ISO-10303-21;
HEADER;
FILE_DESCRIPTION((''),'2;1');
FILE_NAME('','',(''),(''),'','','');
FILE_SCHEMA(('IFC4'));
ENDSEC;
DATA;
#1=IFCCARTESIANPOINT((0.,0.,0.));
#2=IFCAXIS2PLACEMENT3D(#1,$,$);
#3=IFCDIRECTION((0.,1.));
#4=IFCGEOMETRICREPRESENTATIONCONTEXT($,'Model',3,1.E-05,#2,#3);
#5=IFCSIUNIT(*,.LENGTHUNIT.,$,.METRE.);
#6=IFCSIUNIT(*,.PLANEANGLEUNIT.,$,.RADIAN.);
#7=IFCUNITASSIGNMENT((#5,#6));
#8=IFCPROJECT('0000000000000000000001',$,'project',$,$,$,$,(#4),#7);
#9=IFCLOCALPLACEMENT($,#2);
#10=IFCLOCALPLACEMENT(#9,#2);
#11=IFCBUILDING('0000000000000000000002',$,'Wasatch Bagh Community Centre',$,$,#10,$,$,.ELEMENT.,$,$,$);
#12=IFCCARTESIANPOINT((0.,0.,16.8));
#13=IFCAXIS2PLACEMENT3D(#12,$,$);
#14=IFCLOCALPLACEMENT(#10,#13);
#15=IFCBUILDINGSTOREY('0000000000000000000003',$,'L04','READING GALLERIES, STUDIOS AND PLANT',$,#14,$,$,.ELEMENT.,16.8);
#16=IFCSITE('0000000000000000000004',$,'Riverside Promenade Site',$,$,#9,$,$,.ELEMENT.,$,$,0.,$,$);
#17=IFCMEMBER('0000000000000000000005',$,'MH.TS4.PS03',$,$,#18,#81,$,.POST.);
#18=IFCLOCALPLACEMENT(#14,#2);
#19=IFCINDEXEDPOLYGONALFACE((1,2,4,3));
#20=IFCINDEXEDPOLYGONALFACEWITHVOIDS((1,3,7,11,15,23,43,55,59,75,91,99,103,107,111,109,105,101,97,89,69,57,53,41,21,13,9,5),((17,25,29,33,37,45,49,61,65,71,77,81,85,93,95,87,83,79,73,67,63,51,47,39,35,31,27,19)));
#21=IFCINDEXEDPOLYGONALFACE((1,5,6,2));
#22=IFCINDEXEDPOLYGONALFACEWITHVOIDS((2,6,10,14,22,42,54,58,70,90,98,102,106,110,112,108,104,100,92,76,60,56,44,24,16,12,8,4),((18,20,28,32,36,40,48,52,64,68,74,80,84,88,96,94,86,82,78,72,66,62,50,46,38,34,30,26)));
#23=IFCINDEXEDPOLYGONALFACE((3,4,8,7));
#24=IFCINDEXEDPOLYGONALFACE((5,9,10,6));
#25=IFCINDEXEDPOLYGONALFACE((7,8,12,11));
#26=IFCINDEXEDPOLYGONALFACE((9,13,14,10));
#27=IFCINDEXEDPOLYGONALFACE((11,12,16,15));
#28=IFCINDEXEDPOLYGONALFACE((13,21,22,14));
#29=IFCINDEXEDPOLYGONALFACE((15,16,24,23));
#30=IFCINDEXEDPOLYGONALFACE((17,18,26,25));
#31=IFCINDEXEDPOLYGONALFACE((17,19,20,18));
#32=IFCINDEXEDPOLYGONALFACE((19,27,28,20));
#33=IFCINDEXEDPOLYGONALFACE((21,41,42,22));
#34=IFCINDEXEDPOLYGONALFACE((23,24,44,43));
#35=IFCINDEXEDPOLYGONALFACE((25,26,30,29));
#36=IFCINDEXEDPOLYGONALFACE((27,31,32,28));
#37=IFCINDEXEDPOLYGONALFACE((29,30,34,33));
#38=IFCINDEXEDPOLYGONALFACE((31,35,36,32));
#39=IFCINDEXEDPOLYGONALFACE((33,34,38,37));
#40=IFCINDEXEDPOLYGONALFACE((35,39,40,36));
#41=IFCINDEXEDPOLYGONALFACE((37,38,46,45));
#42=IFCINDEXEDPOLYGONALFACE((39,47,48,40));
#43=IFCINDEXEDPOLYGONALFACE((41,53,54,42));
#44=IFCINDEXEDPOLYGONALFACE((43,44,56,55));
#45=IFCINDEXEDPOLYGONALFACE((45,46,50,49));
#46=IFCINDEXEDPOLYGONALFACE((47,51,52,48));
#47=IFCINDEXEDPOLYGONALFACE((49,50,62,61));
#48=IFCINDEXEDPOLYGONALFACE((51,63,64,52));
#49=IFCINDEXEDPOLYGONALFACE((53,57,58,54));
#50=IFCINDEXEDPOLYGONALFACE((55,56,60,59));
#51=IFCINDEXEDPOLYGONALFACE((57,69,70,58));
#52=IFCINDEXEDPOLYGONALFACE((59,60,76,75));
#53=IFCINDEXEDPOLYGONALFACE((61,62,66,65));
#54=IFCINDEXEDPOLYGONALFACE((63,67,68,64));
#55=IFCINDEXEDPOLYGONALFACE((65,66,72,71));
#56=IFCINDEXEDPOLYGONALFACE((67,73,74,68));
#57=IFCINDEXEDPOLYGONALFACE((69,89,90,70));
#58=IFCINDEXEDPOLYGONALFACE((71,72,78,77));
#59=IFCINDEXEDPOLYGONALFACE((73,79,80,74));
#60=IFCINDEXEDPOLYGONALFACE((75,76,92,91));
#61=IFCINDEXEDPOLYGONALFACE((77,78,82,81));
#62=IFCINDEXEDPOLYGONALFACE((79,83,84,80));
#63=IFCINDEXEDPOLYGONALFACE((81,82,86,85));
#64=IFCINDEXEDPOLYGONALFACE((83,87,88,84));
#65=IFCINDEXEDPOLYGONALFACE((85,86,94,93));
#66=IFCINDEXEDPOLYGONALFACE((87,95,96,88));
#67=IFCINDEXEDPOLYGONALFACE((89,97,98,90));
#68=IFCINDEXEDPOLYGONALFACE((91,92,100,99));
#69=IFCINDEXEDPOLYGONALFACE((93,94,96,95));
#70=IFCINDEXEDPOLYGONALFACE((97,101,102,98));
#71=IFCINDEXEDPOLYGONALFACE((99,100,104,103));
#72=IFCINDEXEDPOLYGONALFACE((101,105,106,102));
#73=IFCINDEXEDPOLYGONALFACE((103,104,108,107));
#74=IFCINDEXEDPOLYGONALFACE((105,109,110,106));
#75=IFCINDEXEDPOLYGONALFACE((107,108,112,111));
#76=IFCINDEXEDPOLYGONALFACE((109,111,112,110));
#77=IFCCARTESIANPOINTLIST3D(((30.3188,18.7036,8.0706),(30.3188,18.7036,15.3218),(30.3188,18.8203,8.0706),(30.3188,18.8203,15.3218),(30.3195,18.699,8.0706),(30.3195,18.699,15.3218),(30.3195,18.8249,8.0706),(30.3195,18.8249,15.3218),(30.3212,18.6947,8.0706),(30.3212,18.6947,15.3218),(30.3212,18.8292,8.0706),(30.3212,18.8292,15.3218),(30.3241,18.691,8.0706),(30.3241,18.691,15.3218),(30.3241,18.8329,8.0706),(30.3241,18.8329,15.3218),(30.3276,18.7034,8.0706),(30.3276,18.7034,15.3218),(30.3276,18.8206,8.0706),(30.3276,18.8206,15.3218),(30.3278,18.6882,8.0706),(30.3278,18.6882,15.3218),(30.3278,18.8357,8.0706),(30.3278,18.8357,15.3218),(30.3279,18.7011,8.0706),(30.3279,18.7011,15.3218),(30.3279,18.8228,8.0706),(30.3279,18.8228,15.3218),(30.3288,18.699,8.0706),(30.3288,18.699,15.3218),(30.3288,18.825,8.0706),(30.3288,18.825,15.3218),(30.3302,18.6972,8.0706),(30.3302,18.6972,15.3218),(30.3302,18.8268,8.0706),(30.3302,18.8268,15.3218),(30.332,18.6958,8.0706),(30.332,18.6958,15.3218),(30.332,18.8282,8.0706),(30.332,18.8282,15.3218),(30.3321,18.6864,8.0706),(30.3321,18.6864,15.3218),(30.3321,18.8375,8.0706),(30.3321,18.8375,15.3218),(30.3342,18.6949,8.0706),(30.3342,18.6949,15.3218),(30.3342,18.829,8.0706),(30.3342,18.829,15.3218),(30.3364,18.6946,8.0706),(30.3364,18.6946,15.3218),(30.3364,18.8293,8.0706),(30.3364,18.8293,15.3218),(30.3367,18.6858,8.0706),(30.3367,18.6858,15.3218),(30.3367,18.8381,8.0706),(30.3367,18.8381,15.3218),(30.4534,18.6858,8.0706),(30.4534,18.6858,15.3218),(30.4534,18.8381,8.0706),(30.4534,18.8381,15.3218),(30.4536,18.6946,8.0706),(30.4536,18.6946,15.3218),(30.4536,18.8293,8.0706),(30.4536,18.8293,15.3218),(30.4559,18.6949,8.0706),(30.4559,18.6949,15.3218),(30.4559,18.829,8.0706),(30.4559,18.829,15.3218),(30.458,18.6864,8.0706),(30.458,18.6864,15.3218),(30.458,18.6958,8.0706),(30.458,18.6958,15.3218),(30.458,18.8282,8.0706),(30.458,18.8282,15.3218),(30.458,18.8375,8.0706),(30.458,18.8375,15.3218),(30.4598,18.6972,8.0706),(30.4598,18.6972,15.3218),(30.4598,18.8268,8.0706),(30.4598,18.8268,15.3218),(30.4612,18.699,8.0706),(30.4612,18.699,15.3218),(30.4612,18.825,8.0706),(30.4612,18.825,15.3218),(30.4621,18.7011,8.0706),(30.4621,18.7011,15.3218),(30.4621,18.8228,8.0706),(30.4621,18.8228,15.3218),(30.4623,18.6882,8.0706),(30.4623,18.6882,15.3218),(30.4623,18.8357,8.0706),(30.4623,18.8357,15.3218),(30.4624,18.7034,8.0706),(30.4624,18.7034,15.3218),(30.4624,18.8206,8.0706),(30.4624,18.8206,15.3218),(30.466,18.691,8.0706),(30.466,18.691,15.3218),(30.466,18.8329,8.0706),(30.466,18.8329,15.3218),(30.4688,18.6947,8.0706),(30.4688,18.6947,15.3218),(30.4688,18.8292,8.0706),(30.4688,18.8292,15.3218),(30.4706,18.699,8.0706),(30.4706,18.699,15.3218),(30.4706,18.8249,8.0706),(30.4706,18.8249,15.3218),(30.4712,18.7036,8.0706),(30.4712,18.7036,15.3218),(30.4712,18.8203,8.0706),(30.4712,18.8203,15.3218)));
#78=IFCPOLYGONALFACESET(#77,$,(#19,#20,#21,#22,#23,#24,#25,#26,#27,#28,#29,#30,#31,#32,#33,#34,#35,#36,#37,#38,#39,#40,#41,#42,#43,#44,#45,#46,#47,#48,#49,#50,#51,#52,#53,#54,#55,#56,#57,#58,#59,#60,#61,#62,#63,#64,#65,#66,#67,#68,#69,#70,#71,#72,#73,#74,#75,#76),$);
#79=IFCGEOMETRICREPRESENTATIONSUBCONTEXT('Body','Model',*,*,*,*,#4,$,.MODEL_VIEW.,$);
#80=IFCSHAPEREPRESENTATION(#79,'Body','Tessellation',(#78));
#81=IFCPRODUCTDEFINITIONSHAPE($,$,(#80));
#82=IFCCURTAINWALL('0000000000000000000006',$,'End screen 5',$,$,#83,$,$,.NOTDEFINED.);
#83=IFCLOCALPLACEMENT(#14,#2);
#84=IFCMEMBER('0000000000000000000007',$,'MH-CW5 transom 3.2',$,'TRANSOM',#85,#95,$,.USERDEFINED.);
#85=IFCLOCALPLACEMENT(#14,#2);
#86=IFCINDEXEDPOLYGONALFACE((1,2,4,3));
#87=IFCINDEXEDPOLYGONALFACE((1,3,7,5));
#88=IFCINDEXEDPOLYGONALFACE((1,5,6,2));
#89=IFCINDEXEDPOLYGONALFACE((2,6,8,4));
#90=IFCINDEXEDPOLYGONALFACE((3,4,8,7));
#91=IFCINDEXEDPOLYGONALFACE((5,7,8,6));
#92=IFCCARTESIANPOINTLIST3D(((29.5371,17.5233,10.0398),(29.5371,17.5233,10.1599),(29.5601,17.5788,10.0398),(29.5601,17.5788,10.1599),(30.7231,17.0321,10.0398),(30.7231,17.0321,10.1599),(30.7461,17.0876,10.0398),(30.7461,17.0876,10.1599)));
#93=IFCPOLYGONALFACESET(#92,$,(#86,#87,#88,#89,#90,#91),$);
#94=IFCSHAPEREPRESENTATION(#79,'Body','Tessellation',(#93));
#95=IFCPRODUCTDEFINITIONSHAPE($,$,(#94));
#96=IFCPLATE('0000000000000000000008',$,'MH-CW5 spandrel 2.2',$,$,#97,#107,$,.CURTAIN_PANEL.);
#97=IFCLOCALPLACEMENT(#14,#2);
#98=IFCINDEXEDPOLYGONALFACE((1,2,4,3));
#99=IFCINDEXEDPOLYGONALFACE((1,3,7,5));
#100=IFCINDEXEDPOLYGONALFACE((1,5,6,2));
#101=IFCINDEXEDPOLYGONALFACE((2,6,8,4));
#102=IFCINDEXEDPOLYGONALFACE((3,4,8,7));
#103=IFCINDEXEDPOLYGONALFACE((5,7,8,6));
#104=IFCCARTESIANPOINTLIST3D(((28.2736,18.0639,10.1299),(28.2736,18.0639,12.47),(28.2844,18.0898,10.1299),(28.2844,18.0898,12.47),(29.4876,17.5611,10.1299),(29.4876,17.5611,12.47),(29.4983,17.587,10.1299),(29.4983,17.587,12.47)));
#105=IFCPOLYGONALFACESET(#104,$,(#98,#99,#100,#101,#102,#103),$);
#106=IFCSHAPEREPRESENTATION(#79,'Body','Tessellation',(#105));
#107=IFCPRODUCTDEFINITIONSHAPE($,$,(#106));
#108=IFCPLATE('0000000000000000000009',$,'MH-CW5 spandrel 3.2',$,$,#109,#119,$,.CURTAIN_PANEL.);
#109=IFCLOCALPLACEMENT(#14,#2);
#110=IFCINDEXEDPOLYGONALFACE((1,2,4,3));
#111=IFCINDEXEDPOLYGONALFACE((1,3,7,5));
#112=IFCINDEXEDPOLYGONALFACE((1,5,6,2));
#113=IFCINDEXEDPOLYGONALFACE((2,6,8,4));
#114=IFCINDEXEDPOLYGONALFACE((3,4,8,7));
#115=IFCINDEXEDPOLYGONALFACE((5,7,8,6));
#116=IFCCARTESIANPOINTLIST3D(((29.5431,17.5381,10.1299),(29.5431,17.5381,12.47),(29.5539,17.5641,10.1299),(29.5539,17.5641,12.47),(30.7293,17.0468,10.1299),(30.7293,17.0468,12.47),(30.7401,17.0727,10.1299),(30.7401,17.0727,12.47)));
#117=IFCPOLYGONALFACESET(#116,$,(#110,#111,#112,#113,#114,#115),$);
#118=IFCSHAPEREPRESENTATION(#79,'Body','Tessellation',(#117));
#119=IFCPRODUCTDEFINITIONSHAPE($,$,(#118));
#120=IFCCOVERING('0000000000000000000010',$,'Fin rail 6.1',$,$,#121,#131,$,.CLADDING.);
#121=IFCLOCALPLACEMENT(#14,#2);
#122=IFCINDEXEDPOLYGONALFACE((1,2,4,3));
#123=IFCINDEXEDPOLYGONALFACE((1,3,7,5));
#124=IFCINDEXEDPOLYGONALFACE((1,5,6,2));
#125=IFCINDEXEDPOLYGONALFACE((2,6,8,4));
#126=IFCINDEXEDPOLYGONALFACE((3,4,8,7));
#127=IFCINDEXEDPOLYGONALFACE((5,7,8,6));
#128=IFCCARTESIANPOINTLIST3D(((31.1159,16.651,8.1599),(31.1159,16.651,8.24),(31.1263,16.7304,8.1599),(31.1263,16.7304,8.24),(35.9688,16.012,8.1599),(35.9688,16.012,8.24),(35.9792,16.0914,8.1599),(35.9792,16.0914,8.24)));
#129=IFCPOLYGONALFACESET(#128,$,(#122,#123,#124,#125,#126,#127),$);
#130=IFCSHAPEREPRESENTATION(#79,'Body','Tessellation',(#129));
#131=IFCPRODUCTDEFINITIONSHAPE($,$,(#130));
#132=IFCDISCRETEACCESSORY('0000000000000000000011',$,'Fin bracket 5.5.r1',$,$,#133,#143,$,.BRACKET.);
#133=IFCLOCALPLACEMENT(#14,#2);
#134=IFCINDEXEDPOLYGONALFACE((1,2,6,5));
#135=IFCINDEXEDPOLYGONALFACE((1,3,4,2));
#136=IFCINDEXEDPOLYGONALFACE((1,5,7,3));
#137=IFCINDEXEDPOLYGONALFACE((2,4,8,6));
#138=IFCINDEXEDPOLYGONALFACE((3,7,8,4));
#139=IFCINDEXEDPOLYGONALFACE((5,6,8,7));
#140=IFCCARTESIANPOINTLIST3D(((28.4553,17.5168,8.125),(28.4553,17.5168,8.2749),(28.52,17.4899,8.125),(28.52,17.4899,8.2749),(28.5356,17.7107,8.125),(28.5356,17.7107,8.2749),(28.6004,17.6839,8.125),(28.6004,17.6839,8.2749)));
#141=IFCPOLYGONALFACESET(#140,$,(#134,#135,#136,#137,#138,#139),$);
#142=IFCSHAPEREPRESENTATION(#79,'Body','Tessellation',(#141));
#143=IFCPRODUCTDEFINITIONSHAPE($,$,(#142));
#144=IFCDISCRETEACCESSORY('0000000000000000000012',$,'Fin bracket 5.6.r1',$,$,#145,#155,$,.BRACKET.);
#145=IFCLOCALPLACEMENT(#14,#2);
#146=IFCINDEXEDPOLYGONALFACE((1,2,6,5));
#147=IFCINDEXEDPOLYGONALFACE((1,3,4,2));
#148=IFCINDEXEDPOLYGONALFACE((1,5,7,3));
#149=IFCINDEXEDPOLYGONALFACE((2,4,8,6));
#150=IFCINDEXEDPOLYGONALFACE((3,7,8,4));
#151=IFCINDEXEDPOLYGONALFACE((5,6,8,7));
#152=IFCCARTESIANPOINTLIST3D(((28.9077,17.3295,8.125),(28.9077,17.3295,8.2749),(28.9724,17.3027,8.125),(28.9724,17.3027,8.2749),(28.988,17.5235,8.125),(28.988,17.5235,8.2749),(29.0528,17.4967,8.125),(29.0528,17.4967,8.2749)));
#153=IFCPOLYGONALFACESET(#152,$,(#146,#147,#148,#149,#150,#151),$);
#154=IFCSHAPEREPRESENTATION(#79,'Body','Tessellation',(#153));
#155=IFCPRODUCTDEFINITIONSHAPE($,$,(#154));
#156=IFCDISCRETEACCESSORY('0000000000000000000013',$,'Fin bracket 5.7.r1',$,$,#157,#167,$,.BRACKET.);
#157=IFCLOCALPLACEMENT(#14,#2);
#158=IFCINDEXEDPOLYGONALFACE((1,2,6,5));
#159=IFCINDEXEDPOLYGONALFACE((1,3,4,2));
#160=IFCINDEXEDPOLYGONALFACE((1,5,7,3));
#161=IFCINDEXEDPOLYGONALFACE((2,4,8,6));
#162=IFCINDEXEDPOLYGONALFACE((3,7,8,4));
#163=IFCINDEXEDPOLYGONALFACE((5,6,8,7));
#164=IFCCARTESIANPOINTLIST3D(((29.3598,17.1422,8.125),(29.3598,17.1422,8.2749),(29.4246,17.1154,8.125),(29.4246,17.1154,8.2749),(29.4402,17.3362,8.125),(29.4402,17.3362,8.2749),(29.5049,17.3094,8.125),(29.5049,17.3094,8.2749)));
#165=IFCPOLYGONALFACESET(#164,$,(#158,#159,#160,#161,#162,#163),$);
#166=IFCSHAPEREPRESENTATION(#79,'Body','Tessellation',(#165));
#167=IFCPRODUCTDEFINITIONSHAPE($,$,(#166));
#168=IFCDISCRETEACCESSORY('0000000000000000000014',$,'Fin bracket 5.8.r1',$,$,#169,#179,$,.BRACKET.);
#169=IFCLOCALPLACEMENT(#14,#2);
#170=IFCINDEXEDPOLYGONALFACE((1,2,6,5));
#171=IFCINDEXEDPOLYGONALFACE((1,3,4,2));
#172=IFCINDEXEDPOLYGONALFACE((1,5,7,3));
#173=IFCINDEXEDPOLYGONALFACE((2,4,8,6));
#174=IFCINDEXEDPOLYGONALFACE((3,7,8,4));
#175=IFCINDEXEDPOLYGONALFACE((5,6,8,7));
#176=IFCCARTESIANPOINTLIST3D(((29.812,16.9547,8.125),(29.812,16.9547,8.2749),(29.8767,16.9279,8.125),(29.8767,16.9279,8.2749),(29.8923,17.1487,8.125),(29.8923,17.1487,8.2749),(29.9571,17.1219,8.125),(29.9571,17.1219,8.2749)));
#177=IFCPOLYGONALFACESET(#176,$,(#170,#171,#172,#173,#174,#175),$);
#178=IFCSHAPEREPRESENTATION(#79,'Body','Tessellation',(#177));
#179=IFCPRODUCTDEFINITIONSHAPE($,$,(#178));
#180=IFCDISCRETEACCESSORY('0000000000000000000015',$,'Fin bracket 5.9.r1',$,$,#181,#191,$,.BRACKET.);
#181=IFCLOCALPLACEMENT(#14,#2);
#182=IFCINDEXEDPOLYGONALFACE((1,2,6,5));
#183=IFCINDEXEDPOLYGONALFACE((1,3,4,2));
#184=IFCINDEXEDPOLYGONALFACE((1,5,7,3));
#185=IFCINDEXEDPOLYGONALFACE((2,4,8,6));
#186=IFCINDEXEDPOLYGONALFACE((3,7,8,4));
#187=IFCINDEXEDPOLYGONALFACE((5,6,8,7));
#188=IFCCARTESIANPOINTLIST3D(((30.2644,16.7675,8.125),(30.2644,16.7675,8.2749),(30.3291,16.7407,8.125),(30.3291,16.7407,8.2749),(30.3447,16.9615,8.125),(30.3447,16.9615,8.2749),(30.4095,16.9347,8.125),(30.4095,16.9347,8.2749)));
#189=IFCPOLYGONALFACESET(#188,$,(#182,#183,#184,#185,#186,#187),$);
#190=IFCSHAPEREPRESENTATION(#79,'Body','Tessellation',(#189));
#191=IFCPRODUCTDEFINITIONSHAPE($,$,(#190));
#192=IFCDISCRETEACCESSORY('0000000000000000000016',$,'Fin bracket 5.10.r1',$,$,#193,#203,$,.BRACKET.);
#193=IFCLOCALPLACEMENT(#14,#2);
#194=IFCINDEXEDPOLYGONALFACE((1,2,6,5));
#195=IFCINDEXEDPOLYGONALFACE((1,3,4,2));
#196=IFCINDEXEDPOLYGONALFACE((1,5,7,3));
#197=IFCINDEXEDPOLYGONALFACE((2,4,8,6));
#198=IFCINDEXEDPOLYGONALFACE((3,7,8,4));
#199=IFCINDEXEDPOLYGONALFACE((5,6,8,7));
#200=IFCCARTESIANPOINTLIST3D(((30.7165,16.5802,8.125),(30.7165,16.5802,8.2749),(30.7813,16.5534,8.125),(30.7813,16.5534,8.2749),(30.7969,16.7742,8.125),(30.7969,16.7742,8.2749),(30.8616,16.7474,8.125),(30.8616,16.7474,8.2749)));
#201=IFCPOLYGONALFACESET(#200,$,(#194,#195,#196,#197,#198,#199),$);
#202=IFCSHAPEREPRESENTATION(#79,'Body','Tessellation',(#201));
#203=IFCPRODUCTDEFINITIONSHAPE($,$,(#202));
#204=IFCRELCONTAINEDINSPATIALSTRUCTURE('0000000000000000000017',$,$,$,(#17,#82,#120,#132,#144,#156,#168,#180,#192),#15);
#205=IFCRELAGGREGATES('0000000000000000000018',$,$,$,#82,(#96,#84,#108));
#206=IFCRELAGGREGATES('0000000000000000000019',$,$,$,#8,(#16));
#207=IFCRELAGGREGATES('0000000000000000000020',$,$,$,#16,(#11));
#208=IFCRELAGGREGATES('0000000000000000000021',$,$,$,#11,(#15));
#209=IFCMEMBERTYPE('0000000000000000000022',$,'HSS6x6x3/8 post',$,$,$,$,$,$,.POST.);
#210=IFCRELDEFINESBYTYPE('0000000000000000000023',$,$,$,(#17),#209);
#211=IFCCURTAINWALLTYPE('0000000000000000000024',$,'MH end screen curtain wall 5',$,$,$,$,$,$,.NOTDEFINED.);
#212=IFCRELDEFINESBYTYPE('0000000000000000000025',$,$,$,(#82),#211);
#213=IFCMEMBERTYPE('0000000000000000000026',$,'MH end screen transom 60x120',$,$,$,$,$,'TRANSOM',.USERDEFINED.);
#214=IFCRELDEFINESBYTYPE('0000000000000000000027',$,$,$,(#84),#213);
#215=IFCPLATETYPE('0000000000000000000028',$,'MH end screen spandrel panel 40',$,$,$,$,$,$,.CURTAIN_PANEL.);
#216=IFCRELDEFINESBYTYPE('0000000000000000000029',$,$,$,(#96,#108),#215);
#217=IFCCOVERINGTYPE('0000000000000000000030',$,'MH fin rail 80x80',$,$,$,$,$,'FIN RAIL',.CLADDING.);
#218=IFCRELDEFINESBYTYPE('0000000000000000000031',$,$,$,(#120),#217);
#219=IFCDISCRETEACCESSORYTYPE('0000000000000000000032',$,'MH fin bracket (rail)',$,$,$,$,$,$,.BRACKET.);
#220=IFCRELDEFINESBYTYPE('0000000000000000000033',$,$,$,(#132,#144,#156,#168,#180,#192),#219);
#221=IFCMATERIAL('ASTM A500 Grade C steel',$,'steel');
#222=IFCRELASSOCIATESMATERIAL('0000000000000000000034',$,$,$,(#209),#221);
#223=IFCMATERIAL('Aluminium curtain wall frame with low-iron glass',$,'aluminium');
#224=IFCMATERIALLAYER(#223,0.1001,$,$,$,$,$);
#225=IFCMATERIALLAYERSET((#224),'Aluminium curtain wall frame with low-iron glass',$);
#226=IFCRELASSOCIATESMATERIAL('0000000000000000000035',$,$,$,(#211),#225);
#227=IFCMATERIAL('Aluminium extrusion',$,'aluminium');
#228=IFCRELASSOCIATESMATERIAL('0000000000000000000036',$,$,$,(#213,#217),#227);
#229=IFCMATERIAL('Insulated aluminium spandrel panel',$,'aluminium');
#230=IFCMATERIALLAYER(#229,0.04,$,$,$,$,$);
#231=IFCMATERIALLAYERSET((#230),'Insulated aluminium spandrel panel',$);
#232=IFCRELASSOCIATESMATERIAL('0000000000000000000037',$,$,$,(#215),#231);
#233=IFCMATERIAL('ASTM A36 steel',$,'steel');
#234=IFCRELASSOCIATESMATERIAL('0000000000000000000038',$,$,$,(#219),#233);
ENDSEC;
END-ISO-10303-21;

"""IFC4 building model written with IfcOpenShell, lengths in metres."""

from ifc_helpers import new_model, si_unit, direction, frame, origin, origin_2d, place, context, subcontext, project, spatial, rectangle, hollow_rectangle, extrude, material, layer, layer_set, material_profile, profile_set, type_object, element, aggregate, save


model = new_model("IFC4")

# Units and contexts
model_context = context("Model", 3, precision=1e-05, world=origin(), true_north=direction((0.0, 1.0)))
body_context = subcontext(model_context, "Body", "Model", "MODEL_VIEW")
ifc_project = project(units=[si_unit("LENGTHUNIT", "METRE"), si_unit("PLANEANGLEUNIT", "RADIAN")], contexts=[model_context])

# Site, building, storey
site_placement = place(None, origin())
site = spatial("IfcSite", under=ifc_project, at=site_placement, Name="Riverside Promenade Site", CompositionType="ELEMENT", RefElevation=0.0)
building_placement = place(site_placement, origin())
building = spatial("IfcBuilding", under=site, at=building_placement, Name="Wasatch Bagh Community Centre", CompositionType="ELEMENT")
storey_placement = place(building_placement, frame((0.0, 0.0, 16.8)))
storey = spatial("IfcBuildingStorey", under=building, at=storey_placement, Name="L04", Description="READING GALLERIES, STUDIOS AND PLANT", CompositionType="ELEMENT", Elevation=16.8)

# Member
ifc_material_1 = material(Name="ASTM A500 Grade C steel", Category="steel")
ifc_material_profile_1 = material_profile(ifc_material_1, hollow_rectangle(XDim=0.1523, YDim=0.1523, WallThickness=0.0088, InnerFilletRadius=0.0088, OuterFilletRadius=0.0178, at=origin_2d()), Name="HSS6x6x3/8")
ifc_profile_set_1 = profile_set([ifc_material_profile_1], Name="ASTM A500 Grade C steel")
member_type_1 = type_object("IfcMemberType", Name="HSS6x6x3/8 post", PredefinedType="POST", material=ifc_profile_set_1)
member_1_placement = place(storey_placement, frame((30.395, 18.762, 8.0706), z_axis=(0.0, 0.0, 1.0), x_axis=(1.0, 0.0, 0.0)))
element("IfcMember", 1, at=member_1_placement, inside=storey, type_object=member_type_1, Name="MH.TS4.PS03", PredefinedType="POST", context=body_context, shape_type="SweptSolid", body=[
    extrude(hollow_rectangle(XDim=0.1523, YDim=0.1523, WallThickness=0.0088, InnerFilletRadius=0.0088, OuterFilletRadius=0.0178, at=origin_2d()), origin(), (0.0, 0.0, 1.0), 7.2512),
])

# Curtain wall, member, plates
ifc_material_2 = material(Name="Aluminium curtain wall frame with low-iron glass", Category="aluminium")
ifc_layer_1 = layer(ifc_material_2, 0.1001)
ifc_layer_set_1 = layer_set([ifc_layer_1], Name="Aluminium curtain wall frame with low-iron glass")
curtain_wall_type = type_object("IfcCurtainWallType", Name="MH end screen curtain wall 5", PredefinedType="NOTDEFINED", material=ifc_layer_set_1)
curtain_wall_placement = place(storey_placement, origin())
curtain_wall = element("IfcCurtainWall", 2, at=curtain_wall_placement, inside=storey, type_object=curtain_wall_type, Name="End screen 5", PredefinedType="NOTDEFINED")
ifc_material_3 = material(Name="Aluminium extrusion", Category="aluminium")
ifc_material_profile_2 = material_profile(ifc_material_3, rectangle(XDim=0.0601, YDim=0.1201, at=origin_2d()), Name="AL 60x120")
ifc_profile_set_2 = profile_set([ifc_material_profile_2], Name="Aluminium extrusion")
member_type_2 = type_object("IfcMemberType", Name="MH end screen transom 60x120", ElementType="TRANSOM", PredefinedType="USERDEFINED", material=ifc_profile_set_2)
member_2_placement = place(storey_placement, frame((29.5486, 17.551, 10.0999), z_axis=(0.923896, -0.382643, 0.0), x_axis=(0.382643, 0.923896, 0.0)))
member_2 = element("IfcMember", 3, at=member_2_placement, type_object=member_type_2, Name="MH-CW5 transom 3.2", ObjectType="TRANSOM", PredefinedType="USERDEFINED", context=body_context, shape_type="SweptSolid", body=[
    extrude(rectangle(XDim=0.0601, YDim=0.1201, at=origin_2d()), origin(), (0.0, 0.0, 1.0), 1.2837),
])
ifc_material_4 = material(Name="Insulated aluminium spandrel panel", Category="aluminium")
ifc_layer_2 = layer(ifc_material_4, 0.04)
ifc_layer_set_2 = layer_set([ifc_layer_2], Name="Insulated aluminium spandrel panel")
plate_type = type_object("IfcPlateType", Name="MH end screen spandrel panel 40", PredefinedType="CURTAIN_PANEL", material=ifc_layer_set_2)
plate_1_placement = place(storey_placement, frame((28.886, 17.8254, 10.1299), z_axis=(0.0, 0.0, 1.0), x_axis=(0.92388, -0.382683, 0.0)))
plate_1 = element("IfcPlate", 4, at=plate_1_placement, type_object=plate_type, Name="MH-CW5 spandrel 2.2", PredefinedType="CURTAIN_PANEL", context=body_context, shape_type="SweptSolid", body=[
    extrude(rectangle(XDim=1.314, YDim=0.0281, at=origin_2d()), origin(), (0.0, 0.0, 1.0), 2.3401),
])
plate_2_placement = place(storey_placement, frame((30.1416, 17.3054, 10.1299), z_axis=(0.0, 0.0, 1.0), x_axis=(0.92388, -0.382683, 0.0)))
plate_2 = element("IfcPlate", 5, at=plate_2_placement, type_object=plate_type, Name="MH-CW5 spandrel 3.2", PredefinedType="CURTAIN_PANEL", context=body_context, shape_type="SweptSolid", body=[
    extrude(rectangle(XDim=1.2839, YDim=0.0281, at=origin_2d()), origin(), (0.0, 0.0, 1.0), 2.3401),
])
aggregate(curtain_wall, [plate_1, member_2, plate_2])

# Covering
ifc_material_profile_3 = material_profile(ifc_material_3, rectangle(XDim=0.0801, YDim=0.0801, at=origin_2d()), Name="AL 80x80")
ifc_profile_set_3 = profile_set([ifc_material_profile_3], Name="Aluminium extrusion")
covering_type = type_object("IfcCoveringType", Name="MH fin rail 80x80", ElementType="FIN RAIL", PredefinedType="CLADDING", material=ifc_profile_set_3)
covering_placement = place(storey_placement, frame((31.1211, 16.6907, 8.2), z_axis=(0.991444, -0.130533, 0.0), x_axis=(0.130533, 0.991444, 0.0)))
element("IfcCovering", 6, at=covering_placement, inside=storey, type_object=covering_type, Name="Fin rail 6.1", PredefinedType="CLADDING", context=body_context, shape_type="SweptSolid", body=[
    extrude(rectangle(XDim=0.0801, YDim=0.0801, at=origin_2d()), origin(), (0.0, 0.0, 1.0), 4.8948),
])

# Discrete accessories
ifc_material_5 = material(Name="ASTM A36 steel", Category="steel")
discrete_accessory_type_1 = type_object("IfcDiscreteAccessoryType", Name="MH fin bracket (rail)", PredefinedType="BRACKET", material=ifc_material_5)
for number, where, z_axis, x_axis, name in (
    (7, (28.5278, 17.6003, 8.125), (0.0, 0.0, 1.0), (0.92388, -0.382683, 0.0), "Fin bracket 5.5.r1"),
    (8, (28.9802, 17.4131, 8.125), (0.0, 0.0, 1.0), (0.92388, -0.382683, 0.0), "Fin bracket 5.6.r1"),
    (9, (29.4324, 17.2258, 8.125), (0.0, 0.0, 1.0), (0.92388, -0.382683, 0.0), "Fin bracket 5.7.r1"),
    (10, (29.8845, 17.0383, 8.125), (0.0, 0.0, 1.0), (0.92388, -0.382683, 0.0), "Fin bracket 5.8.r1"),
    (11, (30.3369, 16.8511, 8.125), (0.0, 0.0, 1.0), (0.92388, -0.382683, 0.0), "Fin bracket 5.9.r1"),
    (12, (30.7891, 16.6638, 8.125), (0.0, 0.0, 1.0), (0.92388, -0.382683, 0.0), "Fin bracket 5.10.r1"),
):
    element("IfcDiscreteAccessory", number, at=place(storey_placement, frame(where, z_axis=z_axis, x_axis=x_axis)), inside=storey, type_object=discrete_accessory_type_1, Name=name, PredefinedType="BRACKET", context=body_context, shape_type="SweptSolid", body=[
        extrude(rectangle(XDim=0.0701, YDim=0.21, at=origin_2d()), origin(), (0.0, 0.0, 1.0), 0.1499),
    ])

save(model, "model.ifc")
